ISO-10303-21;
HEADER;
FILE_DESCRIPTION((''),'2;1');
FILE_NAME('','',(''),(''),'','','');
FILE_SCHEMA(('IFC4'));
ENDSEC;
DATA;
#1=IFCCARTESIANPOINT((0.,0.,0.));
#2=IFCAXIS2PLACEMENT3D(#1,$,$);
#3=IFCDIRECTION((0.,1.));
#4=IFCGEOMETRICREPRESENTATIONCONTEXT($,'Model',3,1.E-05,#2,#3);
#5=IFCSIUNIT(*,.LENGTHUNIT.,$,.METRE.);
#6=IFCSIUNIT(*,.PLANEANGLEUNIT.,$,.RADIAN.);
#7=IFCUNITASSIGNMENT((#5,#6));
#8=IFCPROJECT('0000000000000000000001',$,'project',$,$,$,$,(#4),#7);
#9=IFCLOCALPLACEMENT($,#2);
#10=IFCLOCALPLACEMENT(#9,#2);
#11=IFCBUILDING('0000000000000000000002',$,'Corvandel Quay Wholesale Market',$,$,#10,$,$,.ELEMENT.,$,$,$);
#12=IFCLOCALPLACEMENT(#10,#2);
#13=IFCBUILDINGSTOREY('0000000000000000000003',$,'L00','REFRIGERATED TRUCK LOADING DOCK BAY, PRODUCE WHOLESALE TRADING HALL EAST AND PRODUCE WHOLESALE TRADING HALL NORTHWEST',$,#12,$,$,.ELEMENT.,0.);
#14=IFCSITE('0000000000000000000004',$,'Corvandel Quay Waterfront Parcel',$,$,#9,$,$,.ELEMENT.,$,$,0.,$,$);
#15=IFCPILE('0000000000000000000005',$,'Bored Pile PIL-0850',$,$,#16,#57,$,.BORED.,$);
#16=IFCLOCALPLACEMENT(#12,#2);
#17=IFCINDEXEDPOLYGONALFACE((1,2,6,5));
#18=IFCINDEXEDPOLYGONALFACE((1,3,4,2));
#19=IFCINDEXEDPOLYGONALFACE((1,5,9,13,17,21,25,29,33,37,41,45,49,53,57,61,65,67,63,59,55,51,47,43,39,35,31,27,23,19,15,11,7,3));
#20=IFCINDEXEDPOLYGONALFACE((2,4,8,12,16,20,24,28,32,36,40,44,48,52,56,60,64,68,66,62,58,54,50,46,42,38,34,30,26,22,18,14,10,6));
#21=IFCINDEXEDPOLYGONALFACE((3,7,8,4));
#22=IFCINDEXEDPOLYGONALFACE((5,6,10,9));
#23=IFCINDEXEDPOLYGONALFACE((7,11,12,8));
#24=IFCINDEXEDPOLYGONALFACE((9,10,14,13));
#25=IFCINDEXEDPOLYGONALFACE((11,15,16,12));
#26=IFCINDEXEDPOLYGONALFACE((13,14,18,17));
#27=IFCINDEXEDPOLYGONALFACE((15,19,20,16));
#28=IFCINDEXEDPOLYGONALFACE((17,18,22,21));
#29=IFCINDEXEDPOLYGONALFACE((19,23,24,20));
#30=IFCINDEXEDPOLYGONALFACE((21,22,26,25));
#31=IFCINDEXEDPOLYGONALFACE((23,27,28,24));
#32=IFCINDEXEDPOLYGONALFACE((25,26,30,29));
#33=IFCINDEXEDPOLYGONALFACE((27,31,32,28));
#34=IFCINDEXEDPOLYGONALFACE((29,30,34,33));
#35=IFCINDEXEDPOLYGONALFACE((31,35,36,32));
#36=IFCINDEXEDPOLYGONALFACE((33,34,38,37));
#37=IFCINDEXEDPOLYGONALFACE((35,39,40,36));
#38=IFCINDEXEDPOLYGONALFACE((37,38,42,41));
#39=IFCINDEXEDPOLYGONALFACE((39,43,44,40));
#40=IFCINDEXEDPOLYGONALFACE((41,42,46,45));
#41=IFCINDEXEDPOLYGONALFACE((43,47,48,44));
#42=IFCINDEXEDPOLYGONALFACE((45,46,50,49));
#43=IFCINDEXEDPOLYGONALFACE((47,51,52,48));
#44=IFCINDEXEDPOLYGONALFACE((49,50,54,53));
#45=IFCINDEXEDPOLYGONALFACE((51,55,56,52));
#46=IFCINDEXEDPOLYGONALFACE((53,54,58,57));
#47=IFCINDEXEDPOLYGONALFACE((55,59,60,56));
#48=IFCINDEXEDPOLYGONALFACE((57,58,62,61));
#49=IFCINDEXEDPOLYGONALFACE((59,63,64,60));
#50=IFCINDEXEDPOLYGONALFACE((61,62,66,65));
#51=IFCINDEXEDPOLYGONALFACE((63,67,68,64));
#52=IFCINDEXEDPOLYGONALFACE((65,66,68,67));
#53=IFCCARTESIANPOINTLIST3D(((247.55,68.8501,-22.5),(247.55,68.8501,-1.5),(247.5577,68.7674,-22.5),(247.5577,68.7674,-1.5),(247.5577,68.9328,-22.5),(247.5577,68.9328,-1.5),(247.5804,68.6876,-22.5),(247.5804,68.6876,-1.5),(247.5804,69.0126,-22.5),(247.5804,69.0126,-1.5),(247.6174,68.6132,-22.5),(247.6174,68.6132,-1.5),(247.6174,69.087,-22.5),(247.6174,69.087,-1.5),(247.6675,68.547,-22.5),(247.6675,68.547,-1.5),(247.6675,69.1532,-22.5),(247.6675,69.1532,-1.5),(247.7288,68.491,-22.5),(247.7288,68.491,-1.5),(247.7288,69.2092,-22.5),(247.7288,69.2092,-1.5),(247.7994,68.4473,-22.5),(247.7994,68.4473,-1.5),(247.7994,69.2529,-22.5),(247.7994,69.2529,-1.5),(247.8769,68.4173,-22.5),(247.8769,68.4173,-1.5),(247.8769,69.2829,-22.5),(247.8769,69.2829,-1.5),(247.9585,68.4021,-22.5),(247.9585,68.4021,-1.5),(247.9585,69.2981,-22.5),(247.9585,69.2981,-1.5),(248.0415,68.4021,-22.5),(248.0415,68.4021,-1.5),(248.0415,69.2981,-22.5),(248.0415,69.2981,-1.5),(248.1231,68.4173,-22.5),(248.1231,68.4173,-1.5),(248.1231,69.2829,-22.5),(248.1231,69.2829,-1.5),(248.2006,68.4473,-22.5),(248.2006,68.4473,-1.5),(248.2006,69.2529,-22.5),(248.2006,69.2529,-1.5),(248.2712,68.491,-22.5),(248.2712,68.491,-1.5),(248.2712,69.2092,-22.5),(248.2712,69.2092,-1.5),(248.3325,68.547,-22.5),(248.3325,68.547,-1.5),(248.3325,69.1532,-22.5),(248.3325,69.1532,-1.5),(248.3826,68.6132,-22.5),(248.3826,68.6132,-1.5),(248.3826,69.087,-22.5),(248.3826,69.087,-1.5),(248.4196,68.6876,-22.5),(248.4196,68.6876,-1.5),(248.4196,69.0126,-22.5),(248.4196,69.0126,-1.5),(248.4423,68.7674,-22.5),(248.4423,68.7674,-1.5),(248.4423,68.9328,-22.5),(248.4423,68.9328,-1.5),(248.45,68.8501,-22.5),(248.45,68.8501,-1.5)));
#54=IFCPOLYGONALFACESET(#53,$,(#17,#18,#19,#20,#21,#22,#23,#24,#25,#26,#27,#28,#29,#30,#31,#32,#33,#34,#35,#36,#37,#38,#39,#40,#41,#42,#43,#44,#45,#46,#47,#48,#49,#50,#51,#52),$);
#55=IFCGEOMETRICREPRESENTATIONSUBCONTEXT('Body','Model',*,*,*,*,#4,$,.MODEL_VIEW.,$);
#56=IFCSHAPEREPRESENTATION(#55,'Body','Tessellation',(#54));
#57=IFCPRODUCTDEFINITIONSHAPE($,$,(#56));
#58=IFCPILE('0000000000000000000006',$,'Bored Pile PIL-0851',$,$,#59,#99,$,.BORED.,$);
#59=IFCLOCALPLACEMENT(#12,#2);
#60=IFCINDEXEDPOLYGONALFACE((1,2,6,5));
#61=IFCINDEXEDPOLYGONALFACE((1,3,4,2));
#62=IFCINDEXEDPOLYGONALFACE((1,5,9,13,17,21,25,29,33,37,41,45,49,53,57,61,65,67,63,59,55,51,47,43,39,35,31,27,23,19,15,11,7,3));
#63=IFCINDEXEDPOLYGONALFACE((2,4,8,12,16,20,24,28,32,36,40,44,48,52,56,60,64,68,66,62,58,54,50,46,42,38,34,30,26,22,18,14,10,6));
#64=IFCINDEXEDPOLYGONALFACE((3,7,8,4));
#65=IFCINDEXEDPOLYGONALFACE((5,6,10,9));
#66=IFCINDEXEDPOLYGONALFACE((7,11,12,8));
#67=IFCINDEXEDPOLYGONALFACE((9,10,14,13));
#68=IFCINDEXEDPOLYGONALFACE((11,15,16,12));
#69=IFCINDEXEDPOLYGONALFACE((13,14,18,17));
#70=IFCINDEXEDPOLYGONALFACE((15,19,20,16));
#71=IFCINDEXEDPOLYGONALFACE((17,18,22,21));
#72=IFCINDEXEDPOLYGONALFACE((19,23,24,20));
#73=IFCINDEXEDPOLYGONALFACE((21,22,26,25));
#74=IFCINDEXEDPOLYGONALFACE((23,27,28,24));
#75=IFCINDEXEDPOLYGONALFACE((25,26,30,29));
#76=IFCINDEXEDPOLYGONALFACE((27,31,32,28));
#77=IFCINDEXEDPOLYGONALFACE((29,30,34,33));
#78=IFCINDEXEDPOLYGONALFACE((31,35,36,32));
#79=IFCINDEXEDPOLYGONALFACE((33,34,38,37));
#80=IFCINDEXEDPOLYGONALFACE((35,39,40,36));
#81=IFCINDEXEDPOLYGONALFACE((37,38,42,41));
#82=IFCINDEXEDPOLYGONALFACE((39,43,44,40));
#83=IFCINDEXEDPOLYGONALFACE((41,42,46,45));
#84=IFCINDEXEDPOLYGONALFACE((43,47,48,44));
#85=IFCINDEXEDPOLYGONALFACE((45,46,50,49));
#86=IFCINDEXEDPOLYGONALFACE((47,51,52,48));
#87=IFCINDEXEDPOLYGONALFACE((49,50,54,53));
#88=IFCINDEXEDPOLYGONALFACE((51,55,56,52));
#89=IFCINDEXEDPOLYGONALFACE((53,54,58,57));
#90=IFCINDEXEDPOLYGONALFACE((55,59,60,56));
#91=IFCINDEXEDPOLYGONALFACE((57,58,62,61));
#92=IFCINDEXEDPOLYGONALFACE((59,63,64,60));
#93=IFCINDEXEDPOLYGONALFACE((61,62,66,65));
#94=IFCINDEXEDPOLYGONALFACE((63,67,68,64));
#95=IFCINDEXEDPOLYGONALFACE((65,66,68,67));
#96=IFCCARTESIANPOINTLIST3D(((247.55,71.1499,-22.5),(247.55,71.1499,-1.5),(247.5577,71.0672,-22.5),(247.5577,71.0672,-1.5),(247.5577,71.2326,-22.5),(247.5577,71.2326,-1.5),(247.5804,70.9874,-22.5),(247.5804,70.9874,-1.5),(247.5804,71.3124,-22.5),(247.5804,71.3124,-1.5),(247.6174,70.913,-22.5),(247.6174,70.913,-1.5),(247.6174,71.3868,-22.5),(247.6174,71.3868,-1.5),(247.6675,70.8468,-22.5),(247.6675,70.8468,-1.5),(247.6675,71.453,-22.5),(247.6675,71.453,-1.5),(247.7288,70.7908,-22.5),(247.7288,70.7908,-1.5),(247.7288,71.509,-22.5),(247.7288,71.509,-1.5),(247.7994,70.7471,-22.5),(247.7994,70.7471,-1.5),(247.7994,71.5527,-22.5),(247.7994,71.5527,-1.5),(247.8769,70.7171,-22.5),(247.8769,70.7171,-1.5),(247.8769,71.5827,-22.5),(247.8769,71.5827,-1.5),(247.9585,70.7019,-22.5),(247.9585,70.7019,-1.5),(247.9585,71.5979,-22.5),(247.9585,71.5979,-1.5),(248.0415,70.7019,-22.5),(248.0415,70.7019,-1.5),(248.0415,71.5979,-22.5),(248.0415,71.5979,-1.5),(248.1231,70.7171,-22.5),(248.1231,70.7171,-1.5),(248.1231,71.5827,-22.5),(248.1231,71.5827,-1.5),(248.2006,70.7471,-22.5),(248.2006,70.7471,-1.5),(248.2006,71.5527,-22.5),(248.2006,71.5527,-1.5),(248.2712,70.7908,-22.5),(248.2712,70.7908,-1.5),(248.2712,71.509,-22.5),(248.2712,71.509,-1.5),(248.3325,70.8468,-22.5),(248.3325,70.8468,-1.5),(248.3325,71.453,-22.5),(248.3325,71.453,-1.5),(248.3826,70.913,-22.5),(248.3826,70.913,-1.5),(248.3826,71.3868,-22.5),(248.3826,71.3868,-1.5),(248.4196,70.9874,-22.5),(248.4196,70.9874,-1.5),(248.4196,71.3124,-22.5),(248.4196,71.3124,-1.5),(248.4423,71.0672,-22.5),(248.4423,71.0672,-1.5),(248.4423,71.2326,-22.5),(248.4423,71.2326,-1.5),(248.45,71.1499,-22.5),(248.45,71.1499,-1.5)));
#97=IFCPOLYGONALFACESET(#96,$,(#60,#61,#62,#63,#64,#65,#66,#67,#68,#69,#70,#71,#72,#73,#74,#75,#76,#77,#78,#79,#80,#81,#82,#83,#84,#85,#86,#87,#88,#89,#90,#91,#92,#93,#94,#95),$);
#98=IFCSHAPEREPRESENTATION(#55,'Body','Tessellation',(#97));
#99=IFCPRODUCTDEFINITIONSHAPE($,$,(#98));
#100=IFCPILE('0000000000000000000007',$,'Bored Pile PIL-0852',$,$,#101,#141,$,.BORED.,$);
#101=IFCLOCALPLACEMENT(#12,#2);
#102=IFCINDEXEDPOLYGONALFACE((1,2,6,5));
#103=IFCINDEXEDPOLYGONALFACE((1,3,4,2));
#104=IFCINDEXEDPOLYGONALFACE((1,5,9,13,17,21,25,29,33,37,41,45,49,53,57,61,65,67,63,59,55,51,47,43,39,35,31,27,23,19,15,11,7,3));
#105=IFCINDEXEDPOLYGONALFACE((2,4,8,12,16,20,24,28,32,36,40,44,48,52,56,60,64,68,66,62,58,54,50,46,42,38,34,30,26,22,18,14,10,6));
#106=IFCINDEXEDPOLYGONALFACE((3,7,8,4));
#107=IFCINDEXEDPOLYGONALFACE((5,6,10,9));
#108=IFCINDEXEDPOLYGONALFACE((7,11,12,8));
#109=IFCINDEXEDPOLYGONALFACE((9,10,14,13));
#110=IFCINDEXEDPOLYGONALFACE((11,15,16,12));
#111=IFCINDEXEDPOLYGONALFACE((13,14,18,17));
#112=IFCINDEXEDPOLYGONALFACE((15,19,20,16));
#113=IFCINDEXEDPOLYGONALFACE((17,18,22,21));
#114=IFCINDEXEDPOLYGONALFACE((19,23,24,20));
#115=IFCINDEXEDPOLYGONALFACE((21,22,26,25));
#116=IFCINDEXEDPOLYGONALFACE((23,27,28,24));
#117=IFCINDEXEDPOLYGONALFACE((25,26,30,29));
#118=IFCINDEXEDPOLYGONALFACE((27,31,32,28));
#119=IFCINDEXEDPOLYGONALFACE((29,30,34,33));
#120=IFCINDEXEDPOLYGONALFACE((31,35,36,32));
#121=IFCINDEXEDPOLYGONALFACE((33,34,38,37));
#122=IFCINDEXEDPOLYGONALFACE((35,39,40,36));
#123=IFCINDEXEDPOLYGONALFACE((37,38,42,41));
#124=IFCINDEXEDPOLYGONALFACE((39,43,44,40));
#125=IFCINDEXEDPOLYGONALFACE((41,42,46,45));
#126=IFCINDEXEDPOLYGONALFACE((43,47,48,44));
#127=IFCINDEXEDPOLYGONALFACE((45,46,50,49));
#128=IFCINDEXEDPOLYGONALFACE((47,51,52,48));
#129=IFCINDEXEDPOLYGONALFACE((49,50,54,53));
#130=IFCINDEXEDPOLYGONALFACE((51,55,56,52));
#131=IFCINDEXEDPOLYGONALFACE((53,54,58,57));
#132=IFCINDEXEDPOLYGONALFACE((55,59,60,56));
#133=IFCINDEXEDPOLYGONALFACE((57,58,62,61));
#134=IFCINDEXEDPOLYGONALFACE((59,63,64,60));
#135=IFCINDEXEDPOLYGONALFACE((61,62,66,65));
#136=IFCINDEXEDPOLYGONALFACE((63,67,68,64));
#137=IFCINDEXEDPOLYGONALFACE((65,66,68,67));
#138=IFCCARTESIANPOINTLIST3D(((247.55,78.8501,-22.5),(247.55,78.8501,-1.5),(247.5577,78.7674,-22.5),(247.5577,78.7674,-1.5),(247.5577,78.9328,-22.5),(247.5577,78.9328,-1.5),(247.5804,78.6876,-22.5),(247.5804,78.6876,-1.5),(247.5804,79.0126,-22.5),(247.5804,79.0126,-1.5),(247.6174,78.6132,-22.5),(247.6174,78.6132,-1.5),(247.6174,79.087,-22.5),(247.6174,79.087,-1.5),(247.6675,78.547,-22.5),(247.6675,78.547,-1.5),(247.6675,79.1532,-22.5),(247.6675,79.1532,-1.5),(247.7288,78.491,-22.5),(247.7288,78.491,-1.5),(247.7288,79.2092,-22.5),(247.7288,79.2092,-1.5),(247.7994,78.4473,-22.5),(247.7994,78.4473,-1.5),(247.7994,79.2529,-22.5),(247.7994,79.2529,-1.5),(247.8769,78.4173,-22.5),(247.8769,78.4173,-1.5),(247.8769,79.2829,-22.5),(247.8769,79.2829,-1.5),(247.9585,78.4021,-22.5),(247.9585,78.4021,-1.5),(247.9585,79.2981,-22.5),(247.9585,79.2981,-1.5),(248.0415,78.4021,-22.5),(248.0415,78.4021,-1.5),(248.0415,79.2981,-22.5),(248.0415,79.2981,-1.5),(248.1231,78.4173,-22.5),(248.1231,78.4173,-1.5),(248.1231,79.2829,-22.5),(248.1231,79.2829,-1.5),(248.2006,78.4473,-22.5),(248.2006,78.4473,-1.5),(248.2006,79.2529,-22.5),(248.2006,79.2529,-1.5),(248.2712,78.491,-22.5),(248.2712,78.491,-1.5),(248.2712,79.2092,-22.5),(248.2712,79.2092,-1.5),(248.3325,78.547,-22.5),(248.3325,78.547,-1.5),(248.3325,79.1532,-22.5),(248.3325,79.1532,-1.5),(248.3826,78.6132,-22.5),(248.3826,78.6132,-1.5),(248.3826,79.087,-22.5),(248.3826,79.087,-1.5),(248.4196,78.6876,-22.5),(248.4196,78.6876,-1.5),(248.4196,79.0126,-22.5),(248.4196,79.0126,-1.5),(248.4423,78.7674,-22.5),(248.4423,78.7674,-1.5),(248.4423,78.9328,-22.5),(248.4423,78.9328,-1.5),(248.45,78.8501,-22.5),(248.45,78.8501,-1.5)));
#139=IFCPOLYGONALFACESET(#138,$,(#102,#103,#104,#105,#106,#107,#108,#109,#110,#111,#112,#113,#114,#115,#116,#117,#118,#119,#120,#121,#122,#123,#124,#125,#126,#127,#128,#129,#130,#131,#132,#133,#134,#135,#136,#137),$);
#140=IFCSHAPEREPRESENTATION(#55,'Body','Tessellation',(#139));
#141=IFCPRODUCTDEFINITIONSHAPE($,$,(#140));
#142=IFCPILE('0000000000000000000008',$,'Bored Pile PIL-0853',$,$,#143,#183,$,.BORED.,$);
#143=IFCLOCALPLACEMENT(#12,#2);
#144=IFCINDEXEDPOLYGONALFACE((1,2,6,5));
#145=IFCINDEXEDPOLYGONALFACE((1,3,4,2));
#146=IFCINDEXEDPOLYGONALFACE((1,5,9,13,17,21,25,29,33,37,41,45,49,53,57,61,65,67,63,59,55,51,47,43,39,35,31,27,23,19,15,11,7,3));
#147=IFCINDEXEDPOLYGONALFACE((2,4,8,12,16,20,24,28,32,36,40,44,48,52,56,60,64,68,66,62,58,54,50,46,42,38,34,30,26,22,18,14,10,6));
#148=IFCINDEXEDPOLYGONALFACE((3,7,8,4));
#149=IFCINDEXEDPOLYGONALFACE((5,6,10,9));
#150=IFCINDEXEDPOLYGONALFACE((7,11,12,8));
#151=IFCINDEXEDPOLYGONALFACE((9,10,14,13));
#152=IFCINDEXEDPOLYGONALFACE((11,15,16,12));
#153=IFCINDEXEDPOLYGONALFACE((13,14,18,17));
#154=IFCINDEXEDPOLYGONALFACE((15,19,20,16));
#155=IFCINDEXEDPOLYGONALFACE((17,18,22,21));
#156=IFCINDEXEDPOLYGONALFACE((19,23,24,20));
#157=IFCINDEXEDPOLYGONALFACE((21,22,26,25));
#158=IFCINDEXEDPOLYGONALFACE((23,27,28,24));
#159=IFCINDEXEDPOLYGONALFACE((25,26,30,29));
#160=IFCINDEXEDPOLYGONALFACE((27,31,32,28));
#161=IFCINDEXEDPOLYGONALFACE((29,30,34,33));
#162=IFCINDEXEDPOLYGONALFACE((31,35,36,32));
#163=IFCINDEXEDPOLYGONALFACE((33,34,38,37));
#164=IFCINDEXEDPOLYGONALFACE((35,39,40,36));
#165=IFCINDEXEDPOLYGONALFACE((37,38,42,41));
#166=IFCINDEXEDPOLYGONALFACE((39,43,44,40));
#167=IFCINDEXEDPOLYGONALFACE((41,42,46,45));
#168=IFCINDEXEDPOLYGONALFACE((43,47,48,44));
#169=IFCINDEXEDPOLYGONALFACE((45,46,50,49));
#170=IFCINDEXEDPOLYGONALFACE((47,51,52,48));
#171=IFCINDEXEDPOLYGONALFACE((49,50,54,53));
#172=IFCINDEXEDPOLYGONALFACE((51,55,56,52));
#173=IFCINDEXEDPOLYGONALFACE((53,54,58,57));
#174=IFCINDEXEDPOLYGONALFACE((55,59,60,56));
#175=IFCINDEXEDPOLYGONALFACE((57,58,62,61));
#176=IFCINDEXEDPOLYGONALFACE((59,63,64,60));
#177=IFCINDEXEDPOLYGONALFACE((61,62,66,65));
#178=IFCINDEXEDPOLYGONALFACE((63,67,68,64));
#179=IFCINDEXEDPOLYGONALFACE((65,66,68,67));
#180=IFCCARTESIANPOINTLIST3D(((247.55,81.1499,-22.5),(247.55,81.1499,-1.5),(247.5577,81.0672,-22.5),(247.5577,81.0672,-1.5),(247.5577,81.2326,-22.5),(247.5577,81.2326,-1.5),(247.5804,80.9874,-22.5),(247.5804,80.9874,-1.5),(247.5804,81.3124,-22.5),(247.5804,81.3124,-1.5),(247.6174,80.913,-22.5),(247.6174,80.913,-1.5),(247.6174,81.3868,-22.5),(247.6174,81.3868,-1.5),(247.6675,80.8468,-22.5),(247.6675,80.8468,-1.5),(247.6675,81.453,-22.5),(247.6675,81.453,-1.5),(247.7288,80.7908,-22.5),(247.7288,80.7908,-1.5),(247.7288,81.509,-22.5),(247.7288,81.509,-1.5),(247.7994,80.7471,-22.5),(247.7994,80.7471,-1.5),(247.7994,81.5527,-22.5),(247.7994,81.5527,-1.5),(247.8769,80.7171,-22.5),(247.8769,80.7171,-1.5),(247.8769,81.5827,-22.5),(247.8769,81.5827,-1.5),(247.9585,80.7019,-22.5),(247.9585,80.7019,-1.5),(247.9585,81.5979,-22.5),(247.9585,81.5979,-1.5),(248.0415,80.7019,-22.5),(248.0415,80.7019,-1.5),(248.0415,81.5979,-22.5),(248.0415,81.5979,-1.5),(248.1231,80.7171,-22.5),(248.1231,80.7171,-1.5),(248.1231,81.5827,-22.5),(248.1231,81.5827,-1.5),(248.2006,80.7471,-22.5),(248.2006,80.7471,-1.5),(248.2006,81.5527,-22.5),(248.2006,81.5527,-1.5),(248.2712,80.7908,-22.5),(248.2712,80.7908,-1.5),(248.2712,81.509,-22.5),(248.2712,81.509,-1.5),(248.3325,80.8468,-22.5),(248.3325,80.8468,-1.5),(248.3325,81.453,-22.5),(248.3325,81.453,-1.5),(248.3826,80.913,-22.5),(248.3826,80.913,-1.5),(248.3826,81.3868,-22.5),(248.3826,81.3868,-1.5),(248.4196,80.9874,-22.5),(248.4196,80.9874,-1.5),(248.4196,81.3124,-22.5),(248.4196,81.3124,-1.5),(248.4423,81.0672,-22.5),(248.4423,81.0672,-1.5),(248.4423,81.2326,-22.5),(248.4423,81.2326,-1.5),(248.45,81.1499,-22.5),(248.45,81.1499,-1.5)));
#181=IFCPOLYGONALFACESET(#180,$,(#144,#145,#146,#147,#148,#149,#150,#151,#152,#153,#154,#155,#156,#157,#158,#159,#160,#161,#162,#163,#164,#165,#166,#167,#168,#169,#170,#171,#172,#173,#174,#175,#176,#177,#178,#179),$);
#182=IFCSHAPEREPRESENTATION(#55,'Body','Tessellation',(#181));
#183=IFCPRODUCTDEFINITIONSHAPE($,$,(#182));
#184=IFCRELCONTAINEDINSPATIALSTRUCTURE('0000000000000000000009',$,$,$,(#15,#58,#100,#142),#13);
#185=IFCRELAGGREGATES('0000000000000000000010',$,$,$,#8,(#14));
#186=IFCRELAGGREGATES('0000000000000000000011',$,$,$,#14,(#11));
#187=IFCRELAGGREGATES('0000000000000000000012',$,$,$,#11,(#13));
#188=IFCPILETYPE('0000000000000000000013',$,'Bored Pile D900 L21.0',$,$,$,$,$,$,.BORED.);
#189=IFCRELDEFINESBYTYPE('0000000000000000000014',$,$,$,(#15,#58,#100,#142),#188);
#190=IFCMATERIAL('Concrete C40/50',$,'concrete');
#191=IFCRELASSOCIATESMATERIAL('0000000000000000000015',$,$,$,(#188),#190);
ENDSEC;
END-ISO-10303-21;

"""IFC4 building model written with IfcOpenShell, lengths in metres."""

from ifc_helpers import new_model, si_unit, direction, frame, origin, origin_2d, place, context, subcontext, project, spatial, circle, extrude, material, material_profile, profile_set, type_object, element, save


model = new_model("IFC4")

# Units and contexts
model_context = context("Model", 3, precision=1e-05, world=origin(), true_north=direction((0.0, 1.0)))
body_context = subcontext(model_context, "Body", "Model", "MODEL_VIEW")
ifc_project = project(units=[si_unit("LENGTHUNIT", "METRE"), si_unit("PLANEANGLEUNIT", "RADIAN")], contexts=[model_context])

# Site, building, storey
site_placement = place(None, origin())
site = spatial("IfcSite", under=ifc_project, at=site_placement, Name="Corvandel Quay Waterfront Parcel", CompositionType="ELEMENT", RefElevation=0.0)
building_placement = place(site_placement, origin())
building = spatial("IfcBuilding", under=site, at=building_placement, Name="Corvandel Quay Wholesale Market", CompositionType="ELEMENT")
storey_placement = place(building_placement, origin())
storey = spatial("IfcBuildingStorey", under=building, at=storey_placement, Name="L00", Description="REFRIGERATED TRUCK LOADING DOCK BAY, PRODUCE WHOLESALE TRADING HALL EAST AND PRODUCE WHOLESALE TRADING HALL NORTHWEST", CompositionType="ELEMENT", Elevation=0.0)

# Piles
ifc_material_1 = material(Name="Concrete C40/50", Category="concrete")
ifc_material_profile_1 = material_profile(ifc_material_1, circle(Radius=0.45, at=origin_2d()), Name="RC-PILE-D900")
ifc_profile_set_1 = profile_set([ifc_material_profile_1], Name="Concrete C40/50")
pile_type = type_object("IfcPileType", Name="Bored Pile D900 L21.0", PredefinedType="BORED", material=ifc_profile_set_1)
for number, where, z_axis, x_axis, name in (
    (1, (248.0, 68.8501, -1.5), (0.0, 0.0, -1.0), (1.0, 0.0, 0.0), "Bored Pile PIL-0850"),
    (2, (248.0, 71.1499, -1.5), (0.0, 0.0, -1.0), (1.0, 0.0, 0.0), "Bored Pile PIL-0851"),
    (3, (248.0, 78.8501, -1.5), (0.0, 0.0, -1.0), (1.0, 0.0, 0.0), "Bored Pile PIL-0852"),
    (4, (248.0, 81.1499, -1.5), (0.0, 0.0, -1.0), (1.0, 0.0, 0.0), "Bored Pile PIL-0853"),
):
    element("IfcPile", number, at=place(storey_placement, frame(where, z_axis=z_axis, x_axis=x_axis)), inside=storey, type_object=pile_type, Name=name, PredefinedType="BORED", context=body_context, shape_type="SweptSolid", body=[
        extrude(circle(Radius=0.45, at=origin_2d()), origin(), (0.0, 0.0, 1.0), 21.0),
    ])

save(model, "model.ifc")
